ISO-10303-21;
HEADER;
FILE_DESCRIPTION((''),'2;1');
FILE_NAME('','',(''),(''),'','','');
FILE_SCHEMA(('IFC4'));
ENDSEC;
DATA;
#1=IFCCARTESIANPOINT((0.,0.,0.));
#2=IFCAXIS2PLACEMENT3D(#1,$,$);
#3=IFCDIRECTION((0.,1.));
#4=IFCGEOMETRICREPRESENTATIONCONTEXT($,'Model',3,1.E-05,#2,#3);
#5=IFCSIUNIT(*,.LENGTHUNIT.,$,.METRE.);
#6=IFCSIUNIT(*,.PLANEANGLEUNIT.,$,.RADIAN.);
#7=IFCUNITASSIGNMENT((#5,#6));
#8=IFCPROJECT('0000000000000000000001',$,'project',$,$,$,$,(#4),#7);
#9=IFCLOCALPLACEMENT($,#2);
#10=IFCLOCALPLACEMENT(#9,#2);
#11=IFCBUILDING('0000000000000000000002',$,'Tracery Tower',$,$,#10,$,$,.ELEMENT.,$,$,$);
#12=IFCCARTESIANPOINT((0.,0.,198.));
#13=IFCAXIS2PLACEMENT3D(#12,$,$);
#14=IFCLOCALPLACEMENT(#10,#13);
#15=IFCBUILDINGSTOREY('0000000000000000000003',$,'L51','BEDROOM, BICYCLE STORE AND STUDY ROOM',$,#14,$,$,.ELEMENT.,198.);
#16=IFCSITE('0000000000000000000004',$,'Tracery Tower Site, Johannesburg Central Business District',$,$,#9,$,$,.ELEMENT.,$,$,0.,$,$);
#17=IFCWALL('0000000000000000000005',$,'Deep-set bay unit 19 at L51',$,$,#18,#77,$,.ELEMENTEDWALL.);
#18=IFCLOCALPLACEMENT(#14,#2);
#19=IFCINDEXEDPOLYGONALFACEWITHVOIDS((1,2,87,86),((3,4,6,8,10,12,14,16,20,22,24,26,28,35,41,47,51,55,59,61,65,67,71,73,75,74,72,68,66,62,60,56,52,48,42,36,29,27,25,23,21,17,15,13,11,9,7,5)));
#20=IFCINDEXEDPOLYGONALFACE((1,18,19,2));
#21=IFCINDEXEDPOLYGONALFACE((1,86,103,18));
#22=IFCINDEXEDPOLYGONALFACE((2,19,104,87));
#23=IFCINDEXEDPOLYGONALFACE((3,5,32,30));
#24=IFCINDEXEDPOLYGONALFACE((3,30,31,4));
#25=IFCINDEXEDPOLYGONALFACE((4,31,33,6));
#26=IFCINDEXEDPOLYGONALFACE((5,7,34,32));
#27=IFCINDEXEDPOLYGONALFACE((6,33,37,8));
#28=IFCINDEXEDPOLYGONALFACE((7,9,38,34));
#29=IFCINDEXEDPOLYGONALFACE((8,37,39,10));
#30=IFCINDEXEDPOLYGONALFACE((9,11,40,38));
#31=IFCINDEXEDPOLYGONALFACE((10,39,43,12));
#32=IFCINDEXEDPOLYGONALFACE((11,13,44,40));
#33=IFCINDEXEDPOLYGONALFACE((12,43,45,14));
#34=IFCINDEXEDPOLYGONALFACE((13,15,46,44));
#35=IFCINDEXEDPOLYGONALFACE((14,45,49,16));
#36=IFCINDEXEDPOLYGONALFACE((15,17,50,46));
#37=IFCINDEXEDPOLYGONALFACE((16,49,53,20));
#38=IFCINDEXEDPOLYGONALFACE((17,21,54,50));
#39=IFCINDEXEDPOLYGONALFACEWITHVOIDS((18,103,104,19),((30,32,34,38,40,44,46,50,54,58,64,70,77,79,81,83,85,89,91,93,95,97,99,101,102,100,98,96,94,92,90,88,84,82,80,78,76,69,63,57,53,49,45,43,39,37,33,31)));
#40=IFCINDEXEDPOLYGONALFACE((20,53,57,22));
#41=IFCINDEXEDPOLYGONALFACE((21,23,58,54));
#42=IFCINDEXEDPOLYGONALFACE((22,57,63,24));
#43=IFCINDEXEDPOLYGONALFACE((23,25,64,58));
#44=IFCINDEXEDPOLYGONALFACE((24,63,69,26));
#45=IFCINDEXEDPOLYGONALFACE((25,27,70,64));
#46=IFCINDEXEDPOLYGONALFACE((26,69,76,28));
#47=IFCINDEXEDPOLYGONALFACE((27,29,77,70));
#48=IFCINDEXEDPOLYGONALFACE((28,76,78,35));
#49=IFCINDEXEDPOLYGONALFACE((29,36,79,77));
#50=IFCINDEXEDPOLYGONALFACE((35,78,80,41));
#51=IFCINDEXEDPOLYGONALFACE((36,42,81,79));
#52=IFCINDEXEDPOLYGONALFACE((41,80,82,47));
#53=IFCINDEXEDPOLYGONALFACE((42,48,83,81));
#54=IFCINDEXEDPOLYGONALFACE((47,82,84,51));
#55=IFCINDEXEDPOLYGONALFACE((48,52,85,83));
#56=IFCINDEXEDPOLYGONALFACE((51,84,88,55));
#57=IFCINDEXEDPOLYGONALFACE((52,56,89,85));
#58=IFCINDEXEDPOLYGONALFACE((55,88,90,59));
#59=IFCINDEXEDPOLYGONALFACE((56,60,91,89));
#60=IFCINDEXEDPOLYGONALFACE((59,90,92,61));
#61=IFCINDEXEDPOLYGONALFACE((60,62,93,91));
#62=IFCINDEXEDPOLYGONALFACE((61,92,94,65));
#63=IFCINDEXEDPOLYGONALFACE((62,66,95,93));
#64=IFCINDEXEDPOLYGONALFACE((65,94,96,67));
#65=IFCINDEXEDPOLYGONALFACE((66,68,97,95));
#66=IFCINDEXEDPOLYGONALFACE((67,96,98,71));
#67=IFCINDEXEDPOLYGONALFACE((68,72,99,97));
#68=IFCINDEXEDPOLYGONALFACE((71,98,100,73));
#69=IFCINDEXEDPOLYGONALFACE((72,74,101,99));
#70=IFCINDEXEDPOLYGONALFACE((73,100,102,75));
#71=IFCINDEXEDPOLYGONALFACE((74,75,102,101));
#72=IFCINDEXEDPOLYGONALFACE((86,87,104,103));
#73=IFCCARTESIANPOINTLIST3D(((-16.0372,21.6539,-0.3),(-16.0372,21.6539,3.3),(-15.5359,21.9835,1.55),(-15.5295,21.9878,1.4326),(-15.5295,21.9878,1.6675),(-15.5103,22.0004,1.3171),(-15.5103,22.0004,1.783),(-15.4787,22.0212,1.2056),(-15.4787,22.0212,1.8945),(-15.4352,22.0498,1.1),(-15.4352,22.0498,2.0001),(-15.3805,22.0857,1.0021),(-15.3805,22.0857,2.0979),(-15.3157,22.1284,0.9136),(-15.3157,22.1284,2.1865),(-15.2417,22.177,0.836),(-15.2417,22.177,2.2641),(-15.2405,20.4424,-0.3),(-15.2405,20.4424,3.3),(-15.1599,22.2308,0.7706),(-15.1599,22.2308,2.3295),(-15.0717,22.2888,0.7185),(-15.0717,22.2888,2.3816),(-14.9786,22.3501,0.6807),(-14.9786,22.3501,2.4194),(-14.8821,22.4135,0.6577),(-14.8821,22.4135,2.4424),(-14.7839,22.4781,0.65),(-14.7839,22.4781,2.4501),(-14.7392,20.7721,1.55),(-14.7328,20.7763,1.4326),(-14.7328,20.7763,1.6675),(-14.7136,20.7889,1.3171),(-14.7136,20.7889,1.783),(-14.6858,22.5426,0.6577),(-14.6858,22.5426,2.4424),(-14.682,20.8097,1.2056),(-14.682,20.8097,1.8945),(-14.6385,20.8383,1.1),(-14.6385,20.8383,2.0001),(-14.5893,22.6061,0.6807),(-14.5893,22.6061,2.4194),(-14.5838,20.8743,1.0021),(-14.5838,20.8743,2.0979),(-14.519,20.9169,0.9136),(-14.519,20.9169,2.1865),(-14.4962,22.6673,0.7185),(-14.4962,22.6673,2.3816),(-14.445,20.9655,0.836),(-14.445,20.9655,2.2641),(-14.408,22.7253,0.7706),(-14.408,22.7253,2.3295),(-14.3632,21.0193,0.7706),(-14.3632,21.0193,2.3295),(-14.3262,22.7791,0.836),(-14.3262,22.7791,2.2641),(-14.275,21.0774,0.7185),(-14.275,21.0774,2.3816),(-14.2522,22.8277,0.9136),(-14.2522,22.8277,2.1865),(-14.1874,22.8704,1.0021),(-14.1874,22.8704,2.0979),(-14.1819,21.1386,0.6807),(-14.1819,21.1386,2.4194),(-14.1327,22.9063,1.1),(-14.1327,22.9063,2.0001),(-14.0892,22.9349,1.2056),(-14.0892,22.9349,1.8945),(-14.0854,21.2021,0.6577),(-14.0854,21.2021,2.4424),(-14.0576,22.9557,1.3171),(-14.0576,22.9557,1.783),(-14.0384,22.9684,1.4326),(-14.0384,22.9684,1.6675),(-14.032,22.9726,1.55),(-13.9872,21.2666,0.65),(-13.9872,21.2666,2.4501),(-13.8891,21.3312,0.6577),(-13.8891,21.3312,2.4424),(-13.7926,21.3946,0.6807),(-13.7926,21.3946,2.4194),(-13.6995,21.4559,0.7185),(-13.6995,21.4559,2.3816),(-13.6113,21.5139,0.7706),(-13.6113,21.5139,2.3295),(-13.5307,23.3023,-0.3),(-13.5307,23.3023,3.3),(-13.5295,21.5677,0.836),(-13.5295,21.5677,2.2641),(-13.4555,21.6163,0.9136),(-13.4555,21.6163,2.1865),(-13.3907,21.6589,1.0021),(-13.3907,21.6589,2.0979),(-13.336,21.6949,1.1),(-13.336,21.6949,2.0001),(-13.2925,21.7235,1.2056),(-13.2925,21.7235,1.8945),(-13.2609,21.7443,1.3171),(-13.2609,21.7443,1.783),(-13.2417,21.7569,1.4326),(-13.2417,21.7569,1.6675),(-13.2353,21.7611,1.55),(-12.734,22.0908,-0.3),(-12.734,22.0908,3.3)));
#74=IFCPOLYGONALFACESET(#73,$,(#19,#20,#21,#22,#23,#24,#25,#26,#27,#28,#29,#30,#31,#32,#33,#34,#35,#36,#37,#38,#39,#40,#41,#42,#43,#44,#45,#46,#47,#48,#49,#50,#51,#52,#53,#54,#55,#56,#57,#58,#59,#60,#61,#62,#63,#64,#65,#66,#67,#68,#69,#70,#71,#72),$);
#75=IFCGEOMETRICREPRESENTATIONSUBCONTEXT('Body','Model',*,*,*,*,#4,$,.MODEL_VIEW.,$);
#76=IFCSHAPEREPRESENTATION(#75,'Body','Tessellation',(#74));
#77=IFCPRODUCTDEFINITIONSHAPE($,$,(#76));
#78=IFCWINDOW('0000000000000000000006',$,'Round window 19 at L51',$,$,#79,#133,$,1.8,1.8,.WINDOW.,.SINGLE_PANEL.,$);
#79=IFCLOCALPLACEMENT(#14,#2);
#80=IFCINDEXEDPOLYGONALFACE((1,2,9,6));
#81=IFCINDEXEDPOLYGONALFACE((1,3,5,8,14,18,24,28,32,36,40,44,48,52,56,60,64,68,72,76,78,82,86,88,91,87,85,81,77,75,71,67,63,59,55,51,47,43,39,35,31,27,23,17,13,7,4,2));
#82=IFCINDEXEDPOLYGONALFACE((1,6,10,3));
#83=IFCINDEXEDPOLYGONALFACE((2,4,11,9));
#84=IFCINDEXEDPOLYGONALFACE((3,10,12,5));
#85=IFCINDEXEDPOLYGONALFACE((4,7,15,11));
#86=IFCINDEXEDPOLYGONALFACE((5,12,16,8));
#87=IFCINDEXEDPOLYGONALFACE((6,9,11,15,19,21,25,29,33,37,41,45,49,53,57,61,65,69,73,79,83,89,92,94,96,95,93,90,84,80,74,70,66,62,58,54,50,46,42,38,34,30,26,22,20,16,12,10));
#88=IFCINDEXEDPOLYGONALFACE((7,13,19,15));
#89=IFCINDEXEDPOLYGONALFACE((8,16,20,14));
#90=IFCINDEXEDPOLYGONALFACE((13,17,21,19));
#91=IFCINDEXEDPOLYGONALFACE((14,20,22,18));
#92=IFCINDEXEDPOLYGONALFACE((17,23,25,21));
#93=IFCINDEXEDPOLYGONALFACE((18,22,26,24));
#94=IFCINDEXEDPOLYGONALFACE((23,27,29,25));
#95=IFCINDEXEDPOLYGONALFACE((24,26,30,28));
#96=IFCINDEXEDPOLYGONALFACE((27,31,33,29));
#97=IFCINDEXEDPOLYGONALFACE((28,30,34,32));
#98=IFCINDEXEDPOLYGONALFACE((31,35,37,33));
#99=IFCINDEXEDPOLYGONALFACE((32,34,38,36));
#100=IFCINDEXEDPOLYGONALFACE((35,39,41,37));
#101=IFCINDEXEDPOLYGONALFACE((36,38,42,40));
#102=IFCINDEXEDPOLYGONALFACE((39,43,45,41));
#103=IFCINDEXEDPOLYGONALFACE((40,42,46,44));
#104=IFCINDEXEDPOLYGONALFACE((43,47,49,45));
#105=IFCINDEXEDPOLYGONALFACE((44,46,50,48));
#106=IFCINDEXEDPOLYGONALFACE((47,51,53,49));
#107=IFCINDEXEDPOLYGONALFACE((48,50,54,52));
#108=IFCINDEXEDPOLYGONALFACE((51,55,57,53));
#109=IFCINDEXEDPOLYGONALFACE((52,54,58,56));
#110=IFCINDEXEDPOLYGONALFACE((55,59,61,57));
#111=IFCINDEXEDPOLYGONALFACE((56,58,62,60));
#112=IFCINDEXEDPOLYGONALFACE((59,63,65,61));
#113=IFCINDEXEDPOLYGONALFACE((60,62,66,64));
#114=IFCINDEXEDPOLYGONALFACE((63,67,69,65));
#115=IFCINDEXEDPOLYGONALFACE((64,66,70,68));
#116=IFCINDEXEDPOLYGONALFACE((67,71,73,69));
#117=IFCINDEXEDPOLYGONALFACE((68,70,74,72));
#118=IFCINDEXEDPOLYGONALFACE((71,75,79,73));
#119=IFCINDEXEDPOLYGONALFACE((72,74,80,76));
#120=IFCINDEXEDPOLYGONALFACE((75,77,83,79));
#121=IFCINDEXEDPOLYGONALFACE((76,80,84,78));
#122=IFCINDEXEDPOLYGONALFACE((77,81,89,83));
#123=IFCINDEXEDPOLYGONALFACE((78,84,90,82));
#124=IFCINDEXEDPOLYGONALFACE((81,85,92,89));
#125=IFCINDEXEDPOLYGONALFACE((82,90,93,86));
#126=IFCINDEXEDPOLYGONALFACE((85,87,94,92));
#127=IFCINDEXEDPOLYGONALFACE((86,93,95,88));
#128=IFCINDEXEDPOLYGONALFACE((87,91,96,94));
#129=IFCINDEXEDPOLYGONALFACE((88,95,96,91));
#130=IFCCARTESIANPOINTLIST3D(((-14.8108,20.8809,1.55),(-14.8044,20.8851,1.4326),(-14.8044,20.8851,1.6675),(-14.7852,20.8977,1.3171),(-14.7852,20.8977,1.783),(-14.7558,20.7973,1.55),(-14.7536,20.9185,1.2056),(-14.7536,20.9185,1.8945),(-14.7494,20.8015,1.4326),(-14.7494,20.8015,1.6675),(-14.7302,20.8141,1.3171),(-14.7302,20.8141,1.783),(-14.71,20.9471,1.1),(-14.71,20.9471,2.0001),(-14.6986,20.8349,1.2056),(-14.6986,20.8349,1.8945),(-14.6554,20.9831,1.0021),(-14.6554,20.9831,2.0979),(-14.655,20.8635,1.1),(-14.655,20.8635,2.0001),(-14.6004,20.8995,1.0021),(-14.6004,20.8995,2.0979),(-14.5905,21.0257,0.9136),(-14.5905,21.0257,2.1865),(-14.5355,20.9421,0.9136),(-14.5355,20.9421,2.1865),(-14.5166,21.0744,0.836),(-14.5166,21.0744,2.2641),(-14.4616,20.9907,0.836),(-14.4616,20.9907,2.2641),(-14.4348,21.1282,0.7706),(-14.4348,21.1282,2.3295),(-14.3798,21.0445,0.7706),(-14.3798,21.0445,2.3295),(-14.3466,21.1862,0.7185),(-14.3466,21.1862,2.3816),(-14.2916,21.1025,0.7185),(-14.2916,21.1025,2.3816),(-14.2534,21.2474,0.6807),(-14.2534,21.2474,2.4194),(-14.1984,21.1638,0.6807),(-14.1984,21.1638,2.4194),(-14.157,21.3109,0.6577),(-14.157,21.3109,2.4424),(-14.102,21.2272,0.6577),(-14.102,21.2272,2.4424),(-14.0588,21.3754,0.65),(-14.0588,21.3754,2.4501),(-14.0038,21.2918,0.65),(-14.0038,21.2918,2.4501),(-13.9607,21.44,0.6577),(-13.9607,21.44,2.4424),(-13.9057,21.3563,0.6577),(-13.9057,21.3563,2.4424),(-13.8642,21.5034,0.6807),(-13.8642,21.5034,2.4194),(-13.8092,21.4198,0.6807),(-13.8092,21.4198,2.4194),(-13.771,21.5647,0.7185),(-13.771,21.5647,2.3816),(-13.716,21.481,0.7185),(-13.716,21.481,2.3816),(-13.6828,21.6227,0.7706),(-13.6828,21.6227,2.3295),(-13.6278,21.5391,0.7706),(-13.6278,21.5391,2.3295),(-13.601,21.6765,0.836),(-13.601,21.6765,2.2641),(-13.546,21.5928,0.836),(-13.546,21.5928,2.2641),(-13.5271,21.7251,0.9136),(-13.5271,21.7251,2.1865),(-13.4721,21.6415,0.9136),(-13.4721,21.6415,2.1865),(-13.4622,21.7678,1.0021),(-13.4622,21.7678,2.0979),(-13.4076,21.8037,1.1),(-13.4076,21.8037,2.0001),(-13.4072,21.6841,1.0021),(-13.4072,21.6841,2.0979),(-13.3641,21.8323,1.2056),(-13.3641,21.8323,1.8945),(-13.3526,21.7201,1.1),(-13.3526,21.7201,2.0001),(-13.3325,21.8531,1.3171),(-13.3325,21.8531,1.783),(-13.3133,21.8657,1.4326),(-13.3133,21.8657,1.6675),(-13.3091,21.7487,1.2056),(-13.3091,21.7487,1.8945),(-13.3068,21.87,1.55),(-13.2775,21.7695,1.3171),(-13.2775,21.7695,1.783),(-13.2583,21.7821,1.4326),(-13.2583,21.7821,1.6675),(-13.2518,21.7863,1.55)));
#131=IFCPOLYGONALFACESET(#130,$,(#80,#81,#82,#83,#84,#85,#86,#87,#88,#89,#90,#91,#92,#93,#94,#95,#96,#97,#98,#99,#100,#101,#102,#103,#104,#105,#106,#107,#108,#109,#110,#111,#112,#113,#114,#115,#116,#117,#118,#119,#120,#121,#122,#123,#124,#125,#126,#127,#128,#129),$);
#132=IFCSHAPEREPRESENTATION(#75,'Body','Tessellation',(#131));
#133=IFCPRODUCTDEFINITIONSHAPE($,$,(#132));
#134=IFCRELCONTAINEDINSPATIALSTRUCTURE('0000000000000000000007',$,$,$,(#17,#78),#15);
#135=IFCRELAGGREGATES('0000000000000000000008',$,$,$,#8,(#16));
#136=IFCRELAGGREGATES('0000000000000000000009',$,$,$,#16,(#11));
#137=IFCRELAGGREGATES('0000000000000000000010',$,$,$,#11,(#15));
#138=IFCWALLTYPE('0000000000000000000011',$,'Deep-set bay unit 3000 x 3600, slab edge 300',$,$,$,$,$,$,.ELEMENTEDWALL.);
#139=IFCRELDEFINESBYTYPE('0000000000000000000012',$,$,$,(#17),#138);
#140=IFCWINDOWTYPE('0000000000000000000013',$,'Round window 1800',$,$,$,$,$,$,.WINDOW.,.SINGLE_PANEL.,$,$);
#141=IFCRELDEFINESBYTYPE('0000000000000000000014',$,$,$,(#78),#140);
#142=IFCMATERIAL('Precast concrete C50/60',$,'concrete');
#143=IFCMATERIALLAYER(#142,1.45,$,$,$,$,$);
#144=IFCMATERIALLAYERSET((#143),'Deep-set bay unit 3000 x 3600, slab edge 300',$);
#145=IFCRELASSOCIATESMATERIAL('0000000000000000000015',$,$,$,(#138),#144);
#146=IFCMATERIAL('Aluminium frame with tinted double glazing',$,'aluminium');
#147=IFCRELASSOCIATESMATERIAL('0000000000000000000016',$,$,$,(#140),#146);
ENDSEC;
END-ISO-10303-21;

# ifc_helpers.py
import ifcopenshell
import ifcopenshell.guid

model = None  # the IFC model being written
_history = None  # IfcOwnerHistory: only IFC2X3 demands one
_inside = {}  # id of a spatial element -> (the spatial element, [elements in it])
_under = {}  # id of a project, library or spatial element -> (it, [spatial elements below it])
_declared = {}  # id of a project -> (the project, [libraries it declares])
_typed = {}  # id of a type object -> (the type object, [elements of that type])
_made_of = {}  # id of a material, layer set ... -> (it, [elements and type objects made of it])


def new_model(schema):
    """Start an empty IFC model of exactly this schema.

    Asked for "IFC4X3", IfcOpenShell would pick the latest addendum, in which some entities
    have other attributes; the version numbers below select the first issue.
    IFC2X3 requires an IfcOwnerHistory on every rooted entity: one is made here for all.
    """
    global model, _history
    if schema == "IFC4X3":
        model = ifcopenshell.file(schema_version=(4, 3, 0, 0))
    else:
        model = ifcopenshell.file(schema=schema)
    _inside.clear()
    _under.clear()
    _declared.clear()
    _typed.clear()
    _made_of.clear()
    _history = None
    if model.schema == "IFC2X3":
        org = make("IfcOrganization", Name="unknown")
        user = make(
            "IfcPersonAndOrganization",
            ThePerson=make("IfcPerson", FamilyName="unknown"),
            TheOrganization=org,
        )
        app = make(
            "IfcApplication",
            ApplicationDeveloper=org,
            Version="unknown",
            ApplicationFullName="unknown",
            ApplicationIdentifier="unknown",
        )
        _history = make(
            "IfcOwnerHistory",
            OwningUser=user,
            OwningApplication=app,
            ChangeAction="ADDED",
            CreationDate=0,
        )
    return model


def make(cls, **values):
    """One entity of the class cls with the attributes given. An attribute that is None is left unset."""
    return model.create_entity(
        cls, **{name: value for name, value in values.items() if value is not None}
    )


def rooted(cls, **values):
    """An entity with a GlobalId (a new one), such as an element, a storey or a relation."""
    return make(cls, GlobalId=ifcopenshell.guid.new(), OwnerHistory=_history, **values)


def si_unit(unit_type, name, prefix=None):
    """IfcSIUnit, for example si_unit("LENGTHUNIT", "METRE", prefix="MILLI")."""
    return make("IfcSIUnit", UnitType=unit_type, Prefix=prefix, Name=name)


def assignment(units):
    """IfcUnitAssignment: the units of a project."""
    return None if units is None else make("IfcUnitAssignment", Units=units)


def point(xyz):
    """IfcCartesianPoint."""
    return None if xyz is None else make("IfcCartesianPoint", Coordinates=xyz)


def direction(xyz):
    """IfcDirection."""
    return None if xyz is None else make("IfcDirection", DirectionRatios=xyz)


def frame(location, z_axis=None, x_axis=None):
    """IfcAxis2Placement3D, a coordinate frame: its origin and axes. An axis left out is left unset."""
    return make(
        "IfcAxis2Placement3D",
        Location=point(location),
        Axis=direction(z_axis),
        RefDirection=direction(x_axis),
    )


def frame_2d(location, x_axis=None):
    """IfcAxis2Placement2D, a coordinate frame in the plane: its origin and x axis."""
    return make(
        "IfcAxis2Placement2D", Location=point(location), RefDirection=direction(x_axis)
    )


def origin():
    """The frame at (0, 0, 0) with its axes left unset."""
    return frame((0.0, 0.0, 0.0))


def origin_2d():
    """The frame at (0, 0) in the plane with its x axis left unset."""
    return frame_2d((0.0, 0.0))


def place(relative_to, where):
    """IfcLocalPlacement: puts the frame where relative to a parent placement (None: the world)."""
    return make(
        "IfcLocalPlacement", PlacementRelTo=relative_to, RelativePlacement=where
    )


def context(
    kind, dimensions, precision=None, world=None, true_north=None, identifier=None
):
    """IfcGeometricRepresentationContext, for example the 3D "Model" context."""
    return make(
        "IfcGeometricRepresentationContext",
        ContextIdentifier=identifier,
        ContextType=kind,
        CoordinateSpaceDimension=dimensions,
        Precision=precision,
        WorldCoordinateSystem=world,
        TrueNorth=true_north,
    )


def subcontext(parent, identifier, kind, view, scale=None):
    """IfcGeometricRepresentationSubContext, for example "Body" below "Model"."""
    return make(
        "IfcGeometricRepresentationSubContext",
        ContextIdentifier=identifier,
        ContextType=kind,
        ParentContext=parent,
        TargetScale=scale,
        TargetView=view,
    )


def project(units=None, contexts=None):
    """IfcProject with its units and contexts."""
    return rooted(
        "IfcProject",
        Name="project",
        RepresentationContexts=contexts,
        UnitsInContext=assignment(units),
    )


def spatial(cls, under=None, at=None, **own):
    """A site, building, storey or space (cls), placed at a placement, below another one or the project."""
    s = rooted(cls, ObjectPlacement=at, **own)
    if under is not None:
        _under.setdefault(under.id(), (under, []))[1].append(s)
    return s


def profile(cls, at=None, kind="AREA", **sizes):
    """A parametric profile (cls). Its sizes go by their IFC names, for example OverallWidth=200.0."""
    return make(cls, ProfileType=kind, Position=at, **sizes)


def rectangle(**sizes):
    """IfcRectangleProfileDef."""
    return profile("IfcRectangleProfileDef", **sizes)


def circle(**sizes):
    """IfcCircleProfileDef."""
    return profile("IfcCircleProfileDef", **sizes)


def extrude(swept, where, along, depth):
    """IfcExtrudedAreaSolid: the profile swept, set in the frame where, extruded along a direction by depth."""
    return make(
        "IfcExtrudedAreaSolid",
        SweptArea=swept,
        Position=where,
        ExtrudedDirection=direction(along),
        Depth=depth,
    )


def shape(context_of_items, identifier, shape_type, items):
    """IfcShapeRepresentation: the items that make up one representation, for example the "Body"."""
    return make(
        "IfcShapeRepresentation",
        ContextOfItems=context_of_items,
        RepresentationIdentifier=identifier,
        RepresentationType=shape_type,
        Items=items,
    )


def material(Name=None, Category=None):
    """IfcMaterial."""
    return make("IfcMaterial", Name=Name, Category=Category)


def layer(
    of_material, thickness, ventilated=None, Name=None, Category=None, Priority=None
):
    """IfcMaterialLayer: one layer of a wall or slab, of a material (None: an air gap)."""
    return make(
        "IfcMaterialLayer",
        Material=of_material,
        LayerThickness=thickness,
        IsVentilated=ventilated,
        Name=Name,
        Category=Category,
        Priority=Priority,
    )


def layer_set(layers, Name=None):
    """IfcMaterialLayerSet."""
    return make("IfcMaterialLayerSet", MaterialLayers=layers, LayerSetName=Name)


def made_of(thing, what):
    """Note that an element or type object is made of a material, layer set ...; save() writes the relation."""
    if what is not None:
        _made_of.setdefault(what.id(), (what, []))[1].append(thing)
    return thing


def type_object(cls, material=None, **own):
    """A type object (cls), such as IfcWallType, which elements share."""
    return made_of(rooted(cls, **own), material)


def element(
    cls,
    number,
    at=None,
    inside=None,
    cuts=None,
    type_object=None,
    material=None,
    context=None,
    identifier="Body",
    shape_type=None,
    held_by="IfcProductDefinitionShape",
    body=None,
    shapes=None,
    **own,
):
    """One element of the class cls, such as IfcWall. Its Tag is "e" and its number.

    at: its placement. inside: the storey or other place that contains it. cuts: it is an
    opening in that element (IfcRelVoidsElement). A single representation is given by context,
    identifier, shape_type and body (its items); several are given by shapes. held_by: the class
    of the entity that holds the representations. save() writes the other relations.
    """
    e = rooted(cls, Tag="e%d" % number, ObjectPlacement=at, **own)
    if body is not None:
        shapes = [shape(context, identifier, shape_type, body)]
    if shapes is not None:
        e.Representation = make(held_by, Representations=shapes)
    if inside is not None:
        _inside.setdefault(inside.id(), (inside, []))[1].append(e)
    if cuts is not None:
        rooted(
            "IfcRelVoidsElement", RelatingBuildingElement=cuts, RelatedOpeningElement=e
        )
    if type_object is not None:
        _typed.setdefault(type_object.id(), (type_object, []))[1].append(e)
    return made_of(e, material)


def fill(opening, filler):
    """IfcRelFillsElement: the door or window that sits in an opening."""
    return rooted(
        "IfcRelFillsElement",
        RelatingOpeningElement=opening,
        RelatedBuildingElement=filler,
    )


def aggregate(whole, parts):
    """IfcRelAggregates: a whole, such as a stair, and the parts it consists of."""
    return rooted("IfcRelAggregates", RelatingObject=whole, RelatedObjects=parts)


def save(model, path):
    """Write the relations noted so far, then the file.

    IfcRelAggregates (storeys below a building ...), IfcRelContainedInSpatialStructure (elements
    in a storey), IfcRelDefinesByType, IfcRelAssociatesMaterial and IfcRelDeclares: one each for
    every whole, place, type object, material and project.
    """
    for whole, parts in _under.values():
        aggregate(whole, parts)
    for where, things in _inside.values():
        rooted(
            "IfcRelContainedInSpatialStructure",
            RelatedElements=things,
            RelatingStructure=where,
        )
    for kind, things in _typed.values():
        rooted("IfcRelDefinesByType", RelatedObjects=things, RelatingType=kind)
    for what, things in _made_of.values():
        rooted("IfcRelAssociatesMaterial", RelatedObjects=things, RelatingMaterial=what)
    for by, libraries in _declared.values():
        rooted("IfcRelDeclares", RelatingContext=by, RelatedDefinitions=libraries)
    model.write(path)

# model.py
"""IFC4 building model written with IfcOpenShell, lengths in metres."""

from ifc_helpers import new_model, si_unit, direction, frame, frame_2d, origin, origin_2d, place, context, subcontext, project, spatial, rectangle, circle, extrude, material, layer, layer_set, type_object, element, fill, save


model = new_model("IFC4")

# Units and contexts
model_context = context("Model", 3, precision=1e-05, world=origin(), true_north=direction((0.0, 1.0)))
body_context = subcontext(model_context, "Body", "Model", "MODEL_VIEW")
ifc_project = project(units=[si_unit("LENGTHUNIT", "METRE"), si_unit("PLANEANGLEUNIT", "RADIAN")], contexts=[model_context])

# Site, building, storey
site_placement = place(None, origin())
site = spatial("IfcSite", under=ifc_project, at=site_placement, Name="Tracery Tower Site, Johannesburg Central Business District", CompositionType="ELEMENT", RefElevation=0.0)
building_placement = place(site_placement, origin())
building = spatial("IfcBuilding", under=site, at=building_placement, Name="Tracery Tower", CompositionType="ELEMENT")
storey_placement = place(building_placement, frame((0.0, 0.0, 198.0)))
storey = spatial("IfcBuildingStorey", under=building, at=storey_placement, Name="L51", Description="BEDROOM, BICYCLE STORE AND STUDY ROOM", CompositionType="ELEMENT", Elevation=198.0)

# Wall, opening, window
ifc_material_1 = material(Name="Precast concrete C50/60", Category="concrete")
ifc_layer_1 = layer(ifc_material_1, 1.45)
ifc_layer_set_1 = layer_set([ifc_layer_1], Name="Deep-set bay unit 3000 x 3600, slab edge 300")
wall_type_1 = type_object("IfcWallType", Name="Deep-set bay unit 3000 x 3600, slab edge 300", PredefinedType="ELEMENTEDWALL", material=ifc_layer_set_1)
wall_1_placement = place(storey_placement, frame((-13.1323, 22.6965, -0.3), z_axis=(0.0, 0.0, 1.0), x_axis=(-0.835514, -0.549469, 0.0)))
wall_1 = element("IfcWall", 1, at=wall_1_placement, inside=storey, type_object=wall_type_1, Name="Deep-set bay unit 19 at L51", PredefinedType="ELEMENTEDWALL", context=body_context, shape_type="SweptSolid", body=[
    extrude(rectangle(XDim=3.0, YDim=1.45, at=frame_2d((1.5, 0.0))), origin(), (0.0, 0.0, 1.0), 3.6001),
])
opening_1_placement = place(wall_1_placement, frame((1.5, 0.0, 1.8501)))
opening_1 = element("IfcOpeningElement", 2, at=opening_1_placement, cuts=wall_1, PredefinedType="OPENING", context=body_context, shape_type="SweptSolid", body=[
    extrude(circle(Radius=0.9, at=origin_2d()), frame((0.0, 0.7349, 0.0), z_axis=(0.0, -1.0, 0.0), x_axis=(1.0, 0.0, 0.0)), (0.0, 0.0, 1.0), 1.47),
])
ifc_material_2 = material(Name="Aluminium frame with tinted double glazing", Category="aluminium")
window_type = type_object("IfcWindowType", Name="Round window 1800", PartitioningType="SINGLE_PANEL", PredefinedType="WINDOW", material=ifc_material_2)
window_1_placement = place(opening_1_placement, origin())
window_1 = element("IfcWindow", 3, at=window_1_placement, inside=storey, type_object=window_type, Name="Round window 19 at L51", OverallHeight=1.8, OverallWidth=1.8, PartitioningType="SINGLE_PANEL", PredefinedType="WINDOW", context=body_context, shape_type="SweptSolid", body=[
    extrude(circle(Radius=0.9, at=origin_2d()), frame((0.0, 0.6948, 0.0), z_axis=(0.0, -1.0, 0.0), x_axis=(1.0, 0.0, 0.0)), (0.0, 0.0, 1.0), 0.1001),
])
fill(opening_1, window_1)

save(model, "model.ifc")
